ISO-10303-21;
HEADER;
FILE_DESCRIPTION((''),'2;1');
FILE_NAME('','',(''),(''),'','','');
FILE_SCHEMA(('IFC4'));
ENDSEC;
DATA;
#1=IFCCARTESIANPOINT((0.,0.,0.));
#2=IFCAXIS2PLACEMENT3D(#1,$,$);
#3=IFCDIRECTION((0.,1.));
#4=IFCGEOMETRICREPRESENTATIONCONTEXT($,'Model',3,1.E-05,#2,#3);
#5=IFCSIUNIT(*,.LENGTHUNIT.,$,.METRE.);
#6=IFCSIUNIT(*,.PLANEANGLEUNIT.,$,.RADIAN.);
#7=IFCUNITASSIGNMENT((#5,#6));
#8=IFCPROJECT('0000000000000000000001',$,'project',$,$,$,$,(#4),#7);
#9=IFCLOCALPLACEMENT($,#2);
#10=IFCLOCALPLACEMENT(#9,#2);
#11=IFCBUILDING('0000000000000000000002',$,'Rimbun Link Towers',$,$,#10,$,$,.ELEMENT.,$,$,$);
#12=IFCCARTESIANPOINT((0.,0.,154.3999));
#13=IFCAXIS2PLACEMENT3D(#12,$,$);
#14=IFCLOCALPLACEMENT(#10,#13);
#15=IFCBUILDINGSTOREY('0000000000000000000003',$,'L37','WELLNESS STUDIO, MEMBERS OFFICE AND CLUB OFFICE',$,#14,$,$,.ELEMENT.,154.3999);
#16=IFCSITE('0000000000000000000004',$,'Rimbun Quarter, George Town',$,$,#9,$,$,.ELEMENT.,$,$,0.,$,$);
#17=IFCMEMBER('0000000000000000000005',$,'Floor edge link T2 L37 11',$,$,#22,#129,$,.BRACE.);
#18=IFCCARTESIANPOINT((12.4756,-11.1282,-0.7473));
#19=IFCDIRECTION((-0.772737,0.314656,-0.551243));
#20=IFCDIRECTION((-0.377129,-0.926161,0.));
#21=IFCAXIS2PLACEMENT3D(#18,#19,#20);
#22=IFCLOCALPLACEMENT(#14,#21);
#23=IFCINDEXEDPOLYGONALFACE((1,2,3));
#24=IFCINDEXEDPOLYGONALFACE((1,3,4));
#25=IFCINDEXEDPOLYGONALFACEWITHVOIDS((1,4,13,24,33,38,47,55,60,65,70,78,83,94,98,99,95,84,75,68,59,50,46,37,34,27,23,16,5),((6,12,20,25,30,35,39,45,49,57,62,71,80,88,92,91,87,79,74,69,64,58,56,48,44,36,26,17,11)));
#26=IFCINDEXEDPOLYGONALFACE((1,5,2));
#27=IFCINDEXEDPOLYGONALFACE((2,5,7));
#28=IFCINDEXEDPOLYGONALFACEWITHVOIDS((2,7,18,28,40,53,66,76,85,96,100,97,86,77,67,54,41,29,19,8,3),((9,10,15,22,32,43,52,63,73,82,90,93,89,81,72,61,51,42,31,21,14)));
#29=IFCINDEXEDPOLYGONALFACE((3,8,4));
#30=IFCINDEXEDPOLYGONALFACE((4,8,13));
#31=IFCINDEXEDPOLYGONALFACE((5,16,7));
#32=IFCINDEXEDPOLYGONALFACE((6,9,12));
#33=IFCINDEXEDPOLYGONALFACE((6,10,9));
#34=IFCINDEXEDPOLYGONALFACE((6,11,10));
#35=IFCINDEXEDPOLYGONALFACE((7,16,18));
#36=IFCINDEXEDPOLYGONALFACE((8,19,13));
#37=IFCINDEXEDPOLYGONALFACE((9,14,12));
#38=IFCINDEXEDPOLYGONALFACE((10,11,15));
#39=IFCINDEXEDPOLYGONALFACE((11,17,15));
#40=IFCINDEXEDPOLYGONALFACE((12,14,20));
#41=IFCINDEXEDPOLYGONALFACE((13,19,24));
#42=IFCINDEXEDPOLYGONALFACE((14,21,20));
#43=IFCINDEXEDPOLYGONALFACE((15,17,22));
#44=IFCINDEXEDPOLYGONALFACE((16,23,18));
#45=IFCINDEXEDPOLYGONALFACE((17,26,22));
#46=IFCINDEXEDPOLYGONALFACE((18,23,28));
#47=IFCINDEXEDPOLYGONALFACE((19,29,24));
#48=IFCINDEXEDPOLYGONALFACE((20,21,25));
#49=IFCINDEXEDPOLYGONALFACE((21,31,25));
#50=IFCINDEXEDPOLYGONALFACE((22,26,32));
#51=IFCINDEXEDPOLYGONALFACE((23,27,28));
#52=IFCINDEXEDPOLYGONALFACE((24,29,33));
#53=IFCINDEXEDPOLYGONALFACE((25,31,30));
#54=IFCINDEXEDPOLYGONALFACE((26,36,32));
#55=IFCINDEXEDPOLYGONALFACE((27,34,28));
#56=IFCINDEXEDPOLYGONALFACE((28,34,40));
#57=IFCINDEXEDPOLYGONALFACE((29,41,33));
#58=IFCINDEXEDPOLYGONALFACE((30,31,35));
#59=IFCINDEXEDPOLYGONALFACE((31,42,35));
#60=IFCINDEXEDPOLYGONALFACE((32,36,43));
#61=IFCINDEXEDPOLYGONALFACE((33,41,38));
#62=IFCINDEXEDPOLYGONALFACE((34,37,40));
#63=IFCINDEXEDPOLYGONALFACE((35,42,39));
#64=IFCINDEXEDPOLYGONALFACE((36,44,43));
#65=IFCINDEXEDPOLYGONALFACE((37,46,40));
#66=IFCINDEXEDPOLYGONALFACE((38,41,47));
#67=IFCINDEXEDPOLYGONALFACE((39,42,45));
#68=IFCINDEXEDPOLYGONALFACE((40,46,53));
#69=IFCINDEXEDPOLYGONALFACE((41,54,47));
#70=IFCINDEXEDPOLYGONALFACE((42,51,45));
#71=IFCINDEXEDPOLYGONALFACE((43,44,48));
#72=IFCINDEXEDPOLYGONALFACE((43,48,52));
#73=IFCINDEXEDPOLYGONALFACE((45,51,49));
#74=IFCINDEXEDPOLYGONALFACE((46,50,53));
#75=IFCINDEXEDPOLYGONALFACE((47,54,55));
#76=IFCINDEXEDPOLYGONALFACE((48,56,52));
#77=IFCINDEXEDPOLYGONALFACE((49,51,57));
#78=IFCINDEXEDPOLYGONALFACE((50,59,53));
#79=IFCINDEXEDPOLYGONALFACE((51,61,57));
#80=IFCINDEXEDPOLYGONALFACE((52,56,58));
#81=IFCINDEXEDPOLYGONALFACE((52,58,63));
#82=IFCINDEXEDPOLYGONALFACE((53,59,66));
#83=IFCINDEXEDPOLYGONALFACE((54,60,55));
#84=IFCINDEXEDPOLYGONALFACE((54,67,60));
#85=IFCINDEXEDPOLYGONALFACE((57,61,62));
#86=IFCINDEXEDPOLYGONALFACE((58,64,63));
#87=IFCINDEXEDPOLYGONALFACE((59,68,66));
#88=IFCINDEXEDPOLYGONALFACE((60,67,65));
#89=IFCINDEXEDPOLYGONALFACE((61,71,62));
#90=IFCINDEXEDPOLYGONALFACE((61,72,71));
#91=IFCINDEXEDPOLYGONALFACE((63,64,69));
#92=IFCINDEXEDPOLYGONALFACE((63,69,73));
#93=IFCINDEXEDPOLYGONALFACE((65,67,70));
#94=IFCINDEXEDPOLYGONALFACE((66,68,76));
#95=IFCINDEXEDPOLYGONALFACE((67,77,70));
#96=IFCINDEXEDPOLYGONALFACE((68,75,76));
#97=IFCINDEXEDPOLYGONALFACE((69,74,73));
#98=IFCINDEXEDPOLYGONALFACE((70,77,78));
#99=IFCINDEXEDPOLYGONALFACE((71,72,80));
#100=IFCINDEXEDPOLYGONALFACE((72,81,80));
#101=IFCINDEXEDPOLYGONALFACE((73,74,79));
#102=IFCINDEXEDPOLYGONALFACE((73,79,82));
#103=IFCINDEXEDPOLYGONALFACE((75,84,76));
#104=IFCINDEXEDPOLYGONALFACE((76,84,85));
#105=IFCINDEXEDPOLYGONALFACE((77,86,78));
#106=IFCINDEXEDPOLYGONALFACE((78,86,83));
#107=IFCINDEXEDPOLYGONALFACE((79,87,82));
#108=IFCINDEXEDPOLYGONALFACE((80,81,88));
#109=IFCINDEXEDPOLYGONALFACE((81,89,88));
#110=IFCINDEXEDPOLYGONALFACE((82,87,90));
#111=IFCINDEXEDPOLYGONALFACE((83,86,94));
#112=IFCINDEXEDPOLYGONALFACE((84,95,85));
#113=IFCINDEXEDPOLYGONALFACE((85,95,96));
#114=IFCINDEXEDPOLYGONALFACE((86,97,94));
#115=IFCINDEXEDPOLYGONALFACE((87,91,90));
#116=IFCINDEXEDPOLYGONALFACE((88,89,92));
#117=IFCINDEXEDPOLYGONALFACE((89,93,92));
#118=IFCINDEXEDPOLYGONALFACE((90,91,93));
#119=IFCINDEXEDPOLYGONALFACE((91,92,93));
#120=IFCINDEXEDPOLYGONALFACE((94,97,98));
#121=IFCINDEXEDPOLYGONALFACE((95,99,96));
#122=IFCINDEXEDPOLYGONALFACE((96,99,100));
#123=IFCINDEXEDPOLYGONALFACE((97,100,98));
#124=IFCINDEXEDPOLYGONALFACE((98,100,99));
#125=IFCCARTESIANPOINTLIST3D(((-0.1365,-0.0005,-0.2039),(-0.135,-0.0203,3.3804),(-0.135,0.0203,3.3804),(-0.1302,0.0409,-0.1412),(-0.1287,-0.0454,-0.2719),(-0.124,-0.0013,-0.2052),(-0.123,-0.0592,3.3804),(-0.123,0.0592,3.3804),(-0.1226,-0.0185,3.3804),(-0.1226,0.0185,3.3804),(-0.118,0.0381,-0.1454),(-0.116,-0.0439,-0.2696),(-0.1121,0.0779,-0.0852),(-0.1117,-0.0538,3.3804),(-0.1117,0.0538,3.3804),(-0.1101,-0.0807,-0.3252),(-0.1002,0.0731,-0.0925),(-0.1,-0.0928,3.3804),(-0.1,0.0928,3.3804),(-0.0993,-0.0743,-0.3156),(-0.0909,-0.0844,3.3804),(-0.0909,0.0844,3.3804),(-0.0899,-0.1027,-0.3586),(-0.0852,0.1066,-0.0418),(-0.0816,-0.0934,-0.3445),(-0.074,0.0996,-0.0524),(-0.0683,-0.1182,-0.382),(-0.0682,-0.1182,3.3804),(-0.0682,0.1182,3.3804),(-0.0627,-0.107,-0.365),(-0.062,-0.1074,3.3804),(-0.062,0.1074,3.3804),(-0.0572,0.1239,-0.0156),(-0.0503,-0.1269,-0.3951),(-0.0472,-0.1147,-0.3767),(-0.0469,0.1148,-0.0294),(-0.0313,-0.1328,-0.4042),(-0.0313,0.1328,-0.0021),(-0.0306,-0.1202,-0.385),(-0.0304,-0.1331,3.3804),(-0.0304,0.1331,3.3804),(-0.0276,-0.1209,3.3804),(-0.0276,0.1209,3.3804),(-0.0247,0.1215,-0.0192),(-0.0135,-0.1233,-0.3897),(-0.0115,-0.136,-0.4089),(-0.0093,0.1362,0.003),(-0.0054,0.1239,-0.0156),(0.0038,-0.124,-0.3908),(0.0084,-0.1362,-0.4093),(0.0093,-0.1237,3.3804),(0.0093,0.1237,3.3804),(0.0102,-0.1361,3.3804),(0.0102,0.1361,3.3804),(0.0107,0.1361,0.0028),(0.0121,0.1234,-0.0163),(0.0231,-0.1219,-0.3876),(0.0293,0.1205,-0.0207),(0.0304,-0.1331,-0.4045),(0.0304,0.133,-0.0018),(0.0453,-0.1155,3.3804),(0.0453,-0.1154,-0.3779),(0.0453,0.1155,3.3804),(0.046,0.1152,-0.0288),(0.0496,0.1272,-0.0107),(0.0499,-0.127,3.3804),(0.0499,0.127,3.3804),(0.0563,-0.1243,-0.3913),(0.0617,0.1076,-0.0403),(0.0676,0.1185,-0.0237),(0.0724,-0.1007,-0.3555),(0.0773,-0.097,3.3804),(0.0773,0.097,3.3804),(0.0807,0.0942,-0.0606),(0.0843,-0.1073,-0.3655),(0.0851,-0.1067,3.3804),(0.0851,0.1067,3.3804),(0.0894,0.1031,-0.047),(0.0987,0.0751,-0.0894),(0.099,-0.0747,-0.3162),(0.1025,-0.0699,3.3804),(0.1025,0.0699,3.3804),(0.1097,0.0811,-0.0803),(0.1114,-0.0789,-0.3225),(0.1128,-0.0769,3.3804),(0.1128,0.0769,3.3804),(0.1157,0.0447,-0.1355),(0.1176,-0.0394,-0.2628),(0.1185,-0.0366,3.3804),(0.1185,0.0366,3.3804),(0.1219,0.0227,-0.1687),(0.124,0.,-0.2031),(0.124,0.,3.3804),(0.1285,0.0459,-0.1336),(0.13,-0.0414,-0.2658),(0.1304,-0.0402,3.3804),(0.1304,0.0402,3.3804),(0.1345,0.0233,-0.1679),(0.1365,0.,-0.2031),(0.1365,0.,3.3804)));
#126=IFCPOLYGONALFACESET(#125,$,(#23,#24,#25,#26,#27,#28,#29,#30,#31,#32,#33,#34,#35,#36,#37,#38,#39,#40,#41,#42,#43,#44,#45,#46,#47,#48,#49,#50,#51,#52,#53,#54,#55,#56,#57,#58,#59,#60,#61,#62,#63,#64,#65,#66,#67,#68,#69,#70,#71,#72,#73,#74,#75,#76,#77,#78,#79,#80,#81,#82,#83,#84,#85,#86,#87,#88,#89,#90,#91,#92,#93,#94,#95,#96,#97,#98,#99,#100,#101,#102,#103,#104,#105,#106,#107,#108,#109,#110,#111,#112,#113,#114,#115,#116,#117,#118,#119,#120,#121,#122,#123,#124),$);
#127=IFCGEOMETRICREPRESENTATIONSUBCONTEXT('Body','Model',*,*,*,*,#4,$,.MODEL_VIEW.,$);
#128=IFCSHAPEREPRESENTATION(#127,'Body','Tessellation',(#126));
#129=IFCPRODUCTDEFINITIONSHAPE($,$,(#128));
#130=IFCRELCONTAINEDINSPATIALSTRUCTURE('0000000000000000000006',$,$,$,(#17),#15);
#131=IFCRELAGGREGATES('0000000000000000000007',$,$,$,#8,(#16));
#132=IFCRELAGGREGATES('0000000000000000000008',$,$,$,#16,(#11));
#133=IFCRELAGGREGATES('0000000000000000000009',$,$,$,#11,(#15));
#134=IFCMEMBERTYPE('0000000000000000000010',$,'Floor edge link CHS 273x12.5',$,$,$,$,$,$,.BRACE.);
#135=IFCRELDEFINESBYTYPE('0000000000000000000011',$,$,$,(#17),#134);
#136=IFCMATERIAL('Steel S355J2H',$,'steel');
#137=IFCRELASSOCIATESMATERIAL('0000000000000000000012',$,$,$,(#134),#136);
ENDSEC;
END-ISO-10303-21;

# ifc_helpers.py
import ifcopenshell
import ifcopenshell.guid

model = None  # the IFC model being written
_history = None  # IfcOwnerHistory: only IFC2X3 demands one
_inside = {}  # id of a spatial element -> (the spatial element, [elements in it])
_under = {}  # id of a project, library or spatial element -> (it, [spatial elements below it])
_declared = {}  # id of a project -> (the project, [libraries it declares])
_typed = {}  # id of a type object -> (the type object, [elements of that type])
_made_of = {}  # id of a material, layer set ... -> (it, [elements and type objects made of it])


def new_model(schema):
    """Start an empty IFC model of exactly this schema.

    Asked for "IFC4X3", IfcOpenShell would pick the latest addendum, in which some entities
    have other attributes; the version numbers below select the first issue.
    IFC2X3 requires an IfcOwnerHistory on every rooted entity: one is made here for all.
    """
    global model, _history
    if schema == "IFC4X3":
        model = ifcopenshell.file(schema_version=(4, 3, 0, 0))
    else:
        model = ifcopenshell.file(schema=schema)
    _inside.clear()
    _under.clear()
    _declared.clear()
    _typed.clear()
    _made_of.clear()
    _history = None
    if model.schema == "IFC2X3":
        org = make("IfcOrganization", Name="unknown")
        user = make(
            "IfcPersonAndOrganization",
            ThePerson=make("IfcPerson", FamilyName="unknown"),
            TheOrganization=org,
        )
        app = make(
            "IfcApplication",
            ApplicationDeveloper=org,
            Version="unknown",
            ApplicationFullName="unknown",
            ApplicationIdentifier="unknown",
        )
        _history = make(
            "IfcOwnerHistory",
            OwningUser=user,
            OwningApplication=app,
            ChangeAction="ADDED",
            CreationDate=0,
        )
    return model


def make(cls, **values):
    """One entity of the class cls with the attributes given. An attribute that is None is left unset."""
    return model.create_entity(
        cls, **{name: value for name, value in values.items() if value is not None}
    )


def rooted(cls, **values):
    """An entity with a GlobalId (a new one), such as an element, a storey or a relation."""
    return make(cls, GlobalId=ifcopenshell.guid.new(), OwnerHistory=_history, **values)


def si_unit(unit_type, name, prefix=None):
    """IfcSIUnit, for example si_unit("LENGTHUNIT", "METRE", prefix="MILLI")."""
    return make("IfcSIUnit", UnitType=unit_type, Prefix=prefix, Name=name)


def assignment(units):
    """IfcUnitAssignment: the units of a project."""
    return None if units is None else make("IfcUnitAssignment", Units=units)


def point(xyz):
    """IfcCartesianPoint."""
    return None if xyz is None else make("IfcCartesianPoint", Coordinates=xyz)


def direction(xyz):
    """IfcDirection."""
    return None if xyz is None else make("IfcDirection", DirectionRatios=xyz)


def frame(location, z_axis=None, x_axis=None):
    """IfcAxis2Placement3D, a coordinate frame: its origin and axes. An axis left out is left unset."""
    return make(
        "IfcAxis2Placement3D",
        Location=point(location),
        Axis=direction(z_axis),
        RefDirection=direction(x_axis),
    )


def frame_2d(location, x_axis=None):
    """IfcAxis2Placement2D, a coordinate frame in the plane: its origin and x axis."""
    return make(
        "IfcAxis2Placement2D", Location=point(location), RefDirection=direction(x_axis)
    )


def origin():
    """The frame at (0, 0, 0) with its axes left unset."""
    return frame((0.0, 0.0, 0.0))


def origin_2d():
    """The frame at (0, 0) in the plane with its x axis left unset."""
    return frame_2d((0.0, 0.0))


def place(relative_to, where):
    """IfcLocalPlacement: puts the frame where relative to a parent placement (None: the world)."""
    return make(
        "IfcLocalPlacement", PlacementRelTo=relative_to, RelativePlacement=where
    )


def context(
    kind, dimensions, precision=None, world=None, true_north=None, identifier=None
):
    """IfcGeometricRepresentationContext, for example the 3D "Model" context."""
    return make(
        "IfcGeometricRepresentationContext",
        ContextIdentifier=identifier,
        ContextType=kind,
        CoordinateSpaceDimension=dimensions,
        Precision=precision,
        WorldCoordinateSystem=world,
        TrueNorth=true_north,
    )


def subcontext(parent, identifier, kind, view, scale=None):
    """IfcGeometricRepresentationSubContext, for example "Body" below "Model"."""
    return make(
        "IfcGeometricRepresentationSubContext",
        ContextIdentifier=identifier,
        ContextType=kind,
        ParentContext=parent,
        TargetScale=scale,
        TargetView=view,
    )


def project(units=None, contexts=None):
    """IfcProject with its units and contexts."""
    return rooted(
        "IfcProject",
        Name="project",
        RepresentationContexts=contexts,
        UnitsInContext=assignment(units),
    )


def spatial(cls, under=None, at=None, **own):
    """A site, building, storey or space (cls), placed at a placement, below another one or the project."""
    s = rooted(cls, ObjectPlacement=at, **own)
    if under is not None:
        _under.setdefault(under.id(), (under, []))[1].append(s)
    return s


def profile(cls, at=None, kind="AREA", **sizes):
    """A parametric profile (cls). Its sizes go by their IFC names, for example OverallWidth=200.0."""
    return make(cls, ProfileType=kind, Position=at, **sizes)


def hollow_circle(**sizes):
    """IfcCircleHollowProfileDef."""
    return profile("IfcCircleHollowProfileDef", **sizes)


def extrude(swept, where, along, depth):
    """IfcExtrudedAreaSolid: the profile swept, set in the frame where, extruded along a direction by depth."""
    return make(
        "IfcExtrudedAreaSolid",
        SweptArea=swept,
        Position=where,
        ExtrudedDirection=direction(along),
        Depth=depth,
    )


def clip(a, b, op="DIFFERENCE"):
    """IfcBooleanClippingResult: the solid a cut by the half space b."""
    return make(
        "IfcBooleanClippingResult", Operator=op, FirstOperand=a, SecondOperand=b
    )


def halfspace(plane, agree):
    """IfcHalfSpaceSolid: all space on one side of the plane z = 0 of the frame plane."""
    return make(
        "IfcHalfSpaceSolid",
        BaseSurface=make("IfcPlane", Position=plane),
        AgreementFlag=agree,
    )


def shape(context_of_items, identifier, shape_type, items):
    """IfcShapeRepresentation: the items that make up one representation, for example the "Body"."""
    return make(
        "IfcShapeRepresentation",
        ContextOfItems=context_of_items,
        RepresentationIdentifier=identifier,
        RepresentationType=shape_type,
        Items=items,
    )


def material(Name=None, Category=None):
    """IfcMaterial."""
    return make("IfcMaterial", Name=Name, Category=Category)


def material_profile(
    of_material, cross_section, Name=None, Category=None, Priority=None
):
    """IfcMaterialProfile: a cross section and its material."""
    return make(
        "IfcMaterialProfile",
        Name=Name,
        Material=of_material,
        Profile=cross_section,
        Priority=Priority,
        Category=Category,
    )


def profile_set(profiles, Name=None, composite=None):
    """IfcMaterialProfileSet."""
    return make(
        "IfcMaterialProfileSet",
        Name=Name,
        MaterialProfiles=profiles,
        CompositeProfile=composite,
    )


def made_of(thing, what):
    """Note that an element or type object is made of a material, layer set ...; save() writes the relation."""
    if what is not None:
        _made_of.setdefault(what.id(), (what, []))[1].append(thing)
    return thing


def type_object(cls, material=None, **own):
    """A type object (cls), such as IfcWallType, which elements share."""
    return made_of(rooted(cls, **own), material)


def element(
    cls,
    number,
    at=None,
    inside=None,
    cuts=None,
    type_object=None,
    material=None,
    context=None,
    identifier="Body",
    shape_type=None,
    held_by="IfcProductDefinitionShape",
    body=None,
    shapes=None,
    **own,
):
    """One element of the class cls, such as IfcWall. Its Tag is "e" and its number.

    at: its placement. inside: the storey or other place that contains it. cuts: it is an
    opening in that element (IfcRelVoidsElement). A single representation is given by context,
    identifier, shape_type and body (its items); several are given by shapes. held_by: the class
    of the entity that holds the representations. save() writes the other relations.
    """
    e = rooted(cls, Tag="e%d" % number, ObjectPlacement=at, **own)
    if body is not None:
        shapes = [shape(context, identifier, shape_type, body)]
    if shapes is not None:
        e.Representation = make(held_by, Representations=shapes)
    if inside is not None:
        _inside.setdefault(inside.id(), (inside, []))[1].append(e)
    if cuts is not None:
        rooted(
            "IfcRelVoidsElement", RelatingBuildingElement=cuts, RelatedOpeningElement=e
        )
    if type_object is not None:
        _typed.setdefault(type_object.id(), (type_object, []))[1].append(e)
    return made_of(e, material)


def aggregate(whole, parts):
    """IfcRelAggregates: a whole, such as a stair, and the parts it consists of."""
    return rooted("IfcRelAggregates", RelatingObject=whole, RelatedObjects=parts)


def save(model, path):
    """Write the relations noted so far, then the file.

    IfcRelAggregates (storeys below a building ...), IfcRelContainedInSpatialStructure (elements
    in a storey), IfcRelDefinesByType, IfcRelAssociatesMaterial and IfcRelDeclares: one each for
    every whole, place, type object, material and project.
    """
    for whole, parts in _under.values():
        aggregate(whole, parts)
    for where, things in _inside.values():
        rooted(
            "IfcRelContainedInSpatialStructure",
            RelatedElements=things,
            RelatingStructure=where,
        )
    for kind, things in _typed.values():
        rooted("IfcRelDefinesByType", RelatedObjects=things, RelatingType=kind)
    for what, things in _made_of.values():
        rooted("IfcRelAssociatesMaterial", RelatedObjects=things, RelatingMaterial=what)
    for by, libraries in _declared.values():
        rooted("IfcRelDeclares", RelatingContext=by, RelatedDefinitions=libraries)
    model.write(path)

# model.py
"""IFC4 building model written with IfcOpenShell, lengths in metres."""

from ifc_helpers import new_model, si_unit, direction, frame, origin, origin_2d, place, context, subcontext, project, spatial, hollow_circle, extrude, clip, halfspace, material, material_profile, profile_set, type_object, element, save


model = new_model("IFC4")

# Units and contexts
model_context = context("Model", 3, precision=1e-05, world=origin(), true_north=direction((0.0, 1.0)))
body_context = subcontext(model_context, "Body", "Model", "MODEL_VIEW")
ifc_project = project(units=[si_unit("LENGTHUNIT", "METRE"), si_unit("PLANEANGLEUNIT", "RADIAN")], contexts=[model_context])

# Site, building, storey
site_placement = place(None, origin())
site = spatial("IfcSite", under=ifc_project, at=site_placement, Name="Rimbun Quarter, George Town", CompositionType="ELEMENT", RefElevation=0.0)
building_placement = place(site_placement, origin())
building = spatial("IfcBuilding", under=site, at=building_placement, Name="Rimbun Link Towers", CompositionType="ELEMENT")
storey_placement = place(building_placement, frame((0.0, 0.0, 154.3999)))
storey = spatial("IfcBuildingStorey", under=building, at=storey_placement, Name="L37", Description="WELLNESS STUDIO, MEMBERS OFFICE AND CLUB OFFICE", CompositionType="ELEMENT", Elevation=154.3999)

# Member
ifc_material_1 = material(Name="Steel S355J2H", Category="steel")
ifc_material_profile_1 = material_profile(ifc_material_1, hollow_circle(Radius=0.1365, WallThickness=0.0125, at=origin_2d()), Name="CHS 273x12.5")
ifc_profile_set_1 = profile_set([ifc_material_profile_1], Name="Steel S355J2H")
member_type_1 = type_object("IfcMemberType", Name="Floor edge link CHS 273x12.5", PredefinedType="BRACE", material=ifc_profile_set_1)
member_1_placement = place(storey_placement, frame((12.4756, -11.1282, -0.7473), z_axis=(-0.772737, 0.314656, -0.551243), x_axis=(-0.377129, -0.926161, 0.0)))
element("IfcMember", 1, at=member_1_placement, inside=storey, type_object=member_type_1, Name="Floor edge link T2 L37 11", PredefinedType="BRACE", context=body_context, shape_type="Clipping", body=[
    clip(extrude(hollow_circle(Radius=0.1365, WallThickness=0.0125, at=origin_2d()), frame((0.0, 0.0, -0.4314)), (0.0, 0.0, 1.0), 3.8118), halfspace(frame((0.0, 0.0, -0.2031), z_axis=(0.0, 0.834345, -0.551243)), False)),
])

save(model, "model.ifc")
